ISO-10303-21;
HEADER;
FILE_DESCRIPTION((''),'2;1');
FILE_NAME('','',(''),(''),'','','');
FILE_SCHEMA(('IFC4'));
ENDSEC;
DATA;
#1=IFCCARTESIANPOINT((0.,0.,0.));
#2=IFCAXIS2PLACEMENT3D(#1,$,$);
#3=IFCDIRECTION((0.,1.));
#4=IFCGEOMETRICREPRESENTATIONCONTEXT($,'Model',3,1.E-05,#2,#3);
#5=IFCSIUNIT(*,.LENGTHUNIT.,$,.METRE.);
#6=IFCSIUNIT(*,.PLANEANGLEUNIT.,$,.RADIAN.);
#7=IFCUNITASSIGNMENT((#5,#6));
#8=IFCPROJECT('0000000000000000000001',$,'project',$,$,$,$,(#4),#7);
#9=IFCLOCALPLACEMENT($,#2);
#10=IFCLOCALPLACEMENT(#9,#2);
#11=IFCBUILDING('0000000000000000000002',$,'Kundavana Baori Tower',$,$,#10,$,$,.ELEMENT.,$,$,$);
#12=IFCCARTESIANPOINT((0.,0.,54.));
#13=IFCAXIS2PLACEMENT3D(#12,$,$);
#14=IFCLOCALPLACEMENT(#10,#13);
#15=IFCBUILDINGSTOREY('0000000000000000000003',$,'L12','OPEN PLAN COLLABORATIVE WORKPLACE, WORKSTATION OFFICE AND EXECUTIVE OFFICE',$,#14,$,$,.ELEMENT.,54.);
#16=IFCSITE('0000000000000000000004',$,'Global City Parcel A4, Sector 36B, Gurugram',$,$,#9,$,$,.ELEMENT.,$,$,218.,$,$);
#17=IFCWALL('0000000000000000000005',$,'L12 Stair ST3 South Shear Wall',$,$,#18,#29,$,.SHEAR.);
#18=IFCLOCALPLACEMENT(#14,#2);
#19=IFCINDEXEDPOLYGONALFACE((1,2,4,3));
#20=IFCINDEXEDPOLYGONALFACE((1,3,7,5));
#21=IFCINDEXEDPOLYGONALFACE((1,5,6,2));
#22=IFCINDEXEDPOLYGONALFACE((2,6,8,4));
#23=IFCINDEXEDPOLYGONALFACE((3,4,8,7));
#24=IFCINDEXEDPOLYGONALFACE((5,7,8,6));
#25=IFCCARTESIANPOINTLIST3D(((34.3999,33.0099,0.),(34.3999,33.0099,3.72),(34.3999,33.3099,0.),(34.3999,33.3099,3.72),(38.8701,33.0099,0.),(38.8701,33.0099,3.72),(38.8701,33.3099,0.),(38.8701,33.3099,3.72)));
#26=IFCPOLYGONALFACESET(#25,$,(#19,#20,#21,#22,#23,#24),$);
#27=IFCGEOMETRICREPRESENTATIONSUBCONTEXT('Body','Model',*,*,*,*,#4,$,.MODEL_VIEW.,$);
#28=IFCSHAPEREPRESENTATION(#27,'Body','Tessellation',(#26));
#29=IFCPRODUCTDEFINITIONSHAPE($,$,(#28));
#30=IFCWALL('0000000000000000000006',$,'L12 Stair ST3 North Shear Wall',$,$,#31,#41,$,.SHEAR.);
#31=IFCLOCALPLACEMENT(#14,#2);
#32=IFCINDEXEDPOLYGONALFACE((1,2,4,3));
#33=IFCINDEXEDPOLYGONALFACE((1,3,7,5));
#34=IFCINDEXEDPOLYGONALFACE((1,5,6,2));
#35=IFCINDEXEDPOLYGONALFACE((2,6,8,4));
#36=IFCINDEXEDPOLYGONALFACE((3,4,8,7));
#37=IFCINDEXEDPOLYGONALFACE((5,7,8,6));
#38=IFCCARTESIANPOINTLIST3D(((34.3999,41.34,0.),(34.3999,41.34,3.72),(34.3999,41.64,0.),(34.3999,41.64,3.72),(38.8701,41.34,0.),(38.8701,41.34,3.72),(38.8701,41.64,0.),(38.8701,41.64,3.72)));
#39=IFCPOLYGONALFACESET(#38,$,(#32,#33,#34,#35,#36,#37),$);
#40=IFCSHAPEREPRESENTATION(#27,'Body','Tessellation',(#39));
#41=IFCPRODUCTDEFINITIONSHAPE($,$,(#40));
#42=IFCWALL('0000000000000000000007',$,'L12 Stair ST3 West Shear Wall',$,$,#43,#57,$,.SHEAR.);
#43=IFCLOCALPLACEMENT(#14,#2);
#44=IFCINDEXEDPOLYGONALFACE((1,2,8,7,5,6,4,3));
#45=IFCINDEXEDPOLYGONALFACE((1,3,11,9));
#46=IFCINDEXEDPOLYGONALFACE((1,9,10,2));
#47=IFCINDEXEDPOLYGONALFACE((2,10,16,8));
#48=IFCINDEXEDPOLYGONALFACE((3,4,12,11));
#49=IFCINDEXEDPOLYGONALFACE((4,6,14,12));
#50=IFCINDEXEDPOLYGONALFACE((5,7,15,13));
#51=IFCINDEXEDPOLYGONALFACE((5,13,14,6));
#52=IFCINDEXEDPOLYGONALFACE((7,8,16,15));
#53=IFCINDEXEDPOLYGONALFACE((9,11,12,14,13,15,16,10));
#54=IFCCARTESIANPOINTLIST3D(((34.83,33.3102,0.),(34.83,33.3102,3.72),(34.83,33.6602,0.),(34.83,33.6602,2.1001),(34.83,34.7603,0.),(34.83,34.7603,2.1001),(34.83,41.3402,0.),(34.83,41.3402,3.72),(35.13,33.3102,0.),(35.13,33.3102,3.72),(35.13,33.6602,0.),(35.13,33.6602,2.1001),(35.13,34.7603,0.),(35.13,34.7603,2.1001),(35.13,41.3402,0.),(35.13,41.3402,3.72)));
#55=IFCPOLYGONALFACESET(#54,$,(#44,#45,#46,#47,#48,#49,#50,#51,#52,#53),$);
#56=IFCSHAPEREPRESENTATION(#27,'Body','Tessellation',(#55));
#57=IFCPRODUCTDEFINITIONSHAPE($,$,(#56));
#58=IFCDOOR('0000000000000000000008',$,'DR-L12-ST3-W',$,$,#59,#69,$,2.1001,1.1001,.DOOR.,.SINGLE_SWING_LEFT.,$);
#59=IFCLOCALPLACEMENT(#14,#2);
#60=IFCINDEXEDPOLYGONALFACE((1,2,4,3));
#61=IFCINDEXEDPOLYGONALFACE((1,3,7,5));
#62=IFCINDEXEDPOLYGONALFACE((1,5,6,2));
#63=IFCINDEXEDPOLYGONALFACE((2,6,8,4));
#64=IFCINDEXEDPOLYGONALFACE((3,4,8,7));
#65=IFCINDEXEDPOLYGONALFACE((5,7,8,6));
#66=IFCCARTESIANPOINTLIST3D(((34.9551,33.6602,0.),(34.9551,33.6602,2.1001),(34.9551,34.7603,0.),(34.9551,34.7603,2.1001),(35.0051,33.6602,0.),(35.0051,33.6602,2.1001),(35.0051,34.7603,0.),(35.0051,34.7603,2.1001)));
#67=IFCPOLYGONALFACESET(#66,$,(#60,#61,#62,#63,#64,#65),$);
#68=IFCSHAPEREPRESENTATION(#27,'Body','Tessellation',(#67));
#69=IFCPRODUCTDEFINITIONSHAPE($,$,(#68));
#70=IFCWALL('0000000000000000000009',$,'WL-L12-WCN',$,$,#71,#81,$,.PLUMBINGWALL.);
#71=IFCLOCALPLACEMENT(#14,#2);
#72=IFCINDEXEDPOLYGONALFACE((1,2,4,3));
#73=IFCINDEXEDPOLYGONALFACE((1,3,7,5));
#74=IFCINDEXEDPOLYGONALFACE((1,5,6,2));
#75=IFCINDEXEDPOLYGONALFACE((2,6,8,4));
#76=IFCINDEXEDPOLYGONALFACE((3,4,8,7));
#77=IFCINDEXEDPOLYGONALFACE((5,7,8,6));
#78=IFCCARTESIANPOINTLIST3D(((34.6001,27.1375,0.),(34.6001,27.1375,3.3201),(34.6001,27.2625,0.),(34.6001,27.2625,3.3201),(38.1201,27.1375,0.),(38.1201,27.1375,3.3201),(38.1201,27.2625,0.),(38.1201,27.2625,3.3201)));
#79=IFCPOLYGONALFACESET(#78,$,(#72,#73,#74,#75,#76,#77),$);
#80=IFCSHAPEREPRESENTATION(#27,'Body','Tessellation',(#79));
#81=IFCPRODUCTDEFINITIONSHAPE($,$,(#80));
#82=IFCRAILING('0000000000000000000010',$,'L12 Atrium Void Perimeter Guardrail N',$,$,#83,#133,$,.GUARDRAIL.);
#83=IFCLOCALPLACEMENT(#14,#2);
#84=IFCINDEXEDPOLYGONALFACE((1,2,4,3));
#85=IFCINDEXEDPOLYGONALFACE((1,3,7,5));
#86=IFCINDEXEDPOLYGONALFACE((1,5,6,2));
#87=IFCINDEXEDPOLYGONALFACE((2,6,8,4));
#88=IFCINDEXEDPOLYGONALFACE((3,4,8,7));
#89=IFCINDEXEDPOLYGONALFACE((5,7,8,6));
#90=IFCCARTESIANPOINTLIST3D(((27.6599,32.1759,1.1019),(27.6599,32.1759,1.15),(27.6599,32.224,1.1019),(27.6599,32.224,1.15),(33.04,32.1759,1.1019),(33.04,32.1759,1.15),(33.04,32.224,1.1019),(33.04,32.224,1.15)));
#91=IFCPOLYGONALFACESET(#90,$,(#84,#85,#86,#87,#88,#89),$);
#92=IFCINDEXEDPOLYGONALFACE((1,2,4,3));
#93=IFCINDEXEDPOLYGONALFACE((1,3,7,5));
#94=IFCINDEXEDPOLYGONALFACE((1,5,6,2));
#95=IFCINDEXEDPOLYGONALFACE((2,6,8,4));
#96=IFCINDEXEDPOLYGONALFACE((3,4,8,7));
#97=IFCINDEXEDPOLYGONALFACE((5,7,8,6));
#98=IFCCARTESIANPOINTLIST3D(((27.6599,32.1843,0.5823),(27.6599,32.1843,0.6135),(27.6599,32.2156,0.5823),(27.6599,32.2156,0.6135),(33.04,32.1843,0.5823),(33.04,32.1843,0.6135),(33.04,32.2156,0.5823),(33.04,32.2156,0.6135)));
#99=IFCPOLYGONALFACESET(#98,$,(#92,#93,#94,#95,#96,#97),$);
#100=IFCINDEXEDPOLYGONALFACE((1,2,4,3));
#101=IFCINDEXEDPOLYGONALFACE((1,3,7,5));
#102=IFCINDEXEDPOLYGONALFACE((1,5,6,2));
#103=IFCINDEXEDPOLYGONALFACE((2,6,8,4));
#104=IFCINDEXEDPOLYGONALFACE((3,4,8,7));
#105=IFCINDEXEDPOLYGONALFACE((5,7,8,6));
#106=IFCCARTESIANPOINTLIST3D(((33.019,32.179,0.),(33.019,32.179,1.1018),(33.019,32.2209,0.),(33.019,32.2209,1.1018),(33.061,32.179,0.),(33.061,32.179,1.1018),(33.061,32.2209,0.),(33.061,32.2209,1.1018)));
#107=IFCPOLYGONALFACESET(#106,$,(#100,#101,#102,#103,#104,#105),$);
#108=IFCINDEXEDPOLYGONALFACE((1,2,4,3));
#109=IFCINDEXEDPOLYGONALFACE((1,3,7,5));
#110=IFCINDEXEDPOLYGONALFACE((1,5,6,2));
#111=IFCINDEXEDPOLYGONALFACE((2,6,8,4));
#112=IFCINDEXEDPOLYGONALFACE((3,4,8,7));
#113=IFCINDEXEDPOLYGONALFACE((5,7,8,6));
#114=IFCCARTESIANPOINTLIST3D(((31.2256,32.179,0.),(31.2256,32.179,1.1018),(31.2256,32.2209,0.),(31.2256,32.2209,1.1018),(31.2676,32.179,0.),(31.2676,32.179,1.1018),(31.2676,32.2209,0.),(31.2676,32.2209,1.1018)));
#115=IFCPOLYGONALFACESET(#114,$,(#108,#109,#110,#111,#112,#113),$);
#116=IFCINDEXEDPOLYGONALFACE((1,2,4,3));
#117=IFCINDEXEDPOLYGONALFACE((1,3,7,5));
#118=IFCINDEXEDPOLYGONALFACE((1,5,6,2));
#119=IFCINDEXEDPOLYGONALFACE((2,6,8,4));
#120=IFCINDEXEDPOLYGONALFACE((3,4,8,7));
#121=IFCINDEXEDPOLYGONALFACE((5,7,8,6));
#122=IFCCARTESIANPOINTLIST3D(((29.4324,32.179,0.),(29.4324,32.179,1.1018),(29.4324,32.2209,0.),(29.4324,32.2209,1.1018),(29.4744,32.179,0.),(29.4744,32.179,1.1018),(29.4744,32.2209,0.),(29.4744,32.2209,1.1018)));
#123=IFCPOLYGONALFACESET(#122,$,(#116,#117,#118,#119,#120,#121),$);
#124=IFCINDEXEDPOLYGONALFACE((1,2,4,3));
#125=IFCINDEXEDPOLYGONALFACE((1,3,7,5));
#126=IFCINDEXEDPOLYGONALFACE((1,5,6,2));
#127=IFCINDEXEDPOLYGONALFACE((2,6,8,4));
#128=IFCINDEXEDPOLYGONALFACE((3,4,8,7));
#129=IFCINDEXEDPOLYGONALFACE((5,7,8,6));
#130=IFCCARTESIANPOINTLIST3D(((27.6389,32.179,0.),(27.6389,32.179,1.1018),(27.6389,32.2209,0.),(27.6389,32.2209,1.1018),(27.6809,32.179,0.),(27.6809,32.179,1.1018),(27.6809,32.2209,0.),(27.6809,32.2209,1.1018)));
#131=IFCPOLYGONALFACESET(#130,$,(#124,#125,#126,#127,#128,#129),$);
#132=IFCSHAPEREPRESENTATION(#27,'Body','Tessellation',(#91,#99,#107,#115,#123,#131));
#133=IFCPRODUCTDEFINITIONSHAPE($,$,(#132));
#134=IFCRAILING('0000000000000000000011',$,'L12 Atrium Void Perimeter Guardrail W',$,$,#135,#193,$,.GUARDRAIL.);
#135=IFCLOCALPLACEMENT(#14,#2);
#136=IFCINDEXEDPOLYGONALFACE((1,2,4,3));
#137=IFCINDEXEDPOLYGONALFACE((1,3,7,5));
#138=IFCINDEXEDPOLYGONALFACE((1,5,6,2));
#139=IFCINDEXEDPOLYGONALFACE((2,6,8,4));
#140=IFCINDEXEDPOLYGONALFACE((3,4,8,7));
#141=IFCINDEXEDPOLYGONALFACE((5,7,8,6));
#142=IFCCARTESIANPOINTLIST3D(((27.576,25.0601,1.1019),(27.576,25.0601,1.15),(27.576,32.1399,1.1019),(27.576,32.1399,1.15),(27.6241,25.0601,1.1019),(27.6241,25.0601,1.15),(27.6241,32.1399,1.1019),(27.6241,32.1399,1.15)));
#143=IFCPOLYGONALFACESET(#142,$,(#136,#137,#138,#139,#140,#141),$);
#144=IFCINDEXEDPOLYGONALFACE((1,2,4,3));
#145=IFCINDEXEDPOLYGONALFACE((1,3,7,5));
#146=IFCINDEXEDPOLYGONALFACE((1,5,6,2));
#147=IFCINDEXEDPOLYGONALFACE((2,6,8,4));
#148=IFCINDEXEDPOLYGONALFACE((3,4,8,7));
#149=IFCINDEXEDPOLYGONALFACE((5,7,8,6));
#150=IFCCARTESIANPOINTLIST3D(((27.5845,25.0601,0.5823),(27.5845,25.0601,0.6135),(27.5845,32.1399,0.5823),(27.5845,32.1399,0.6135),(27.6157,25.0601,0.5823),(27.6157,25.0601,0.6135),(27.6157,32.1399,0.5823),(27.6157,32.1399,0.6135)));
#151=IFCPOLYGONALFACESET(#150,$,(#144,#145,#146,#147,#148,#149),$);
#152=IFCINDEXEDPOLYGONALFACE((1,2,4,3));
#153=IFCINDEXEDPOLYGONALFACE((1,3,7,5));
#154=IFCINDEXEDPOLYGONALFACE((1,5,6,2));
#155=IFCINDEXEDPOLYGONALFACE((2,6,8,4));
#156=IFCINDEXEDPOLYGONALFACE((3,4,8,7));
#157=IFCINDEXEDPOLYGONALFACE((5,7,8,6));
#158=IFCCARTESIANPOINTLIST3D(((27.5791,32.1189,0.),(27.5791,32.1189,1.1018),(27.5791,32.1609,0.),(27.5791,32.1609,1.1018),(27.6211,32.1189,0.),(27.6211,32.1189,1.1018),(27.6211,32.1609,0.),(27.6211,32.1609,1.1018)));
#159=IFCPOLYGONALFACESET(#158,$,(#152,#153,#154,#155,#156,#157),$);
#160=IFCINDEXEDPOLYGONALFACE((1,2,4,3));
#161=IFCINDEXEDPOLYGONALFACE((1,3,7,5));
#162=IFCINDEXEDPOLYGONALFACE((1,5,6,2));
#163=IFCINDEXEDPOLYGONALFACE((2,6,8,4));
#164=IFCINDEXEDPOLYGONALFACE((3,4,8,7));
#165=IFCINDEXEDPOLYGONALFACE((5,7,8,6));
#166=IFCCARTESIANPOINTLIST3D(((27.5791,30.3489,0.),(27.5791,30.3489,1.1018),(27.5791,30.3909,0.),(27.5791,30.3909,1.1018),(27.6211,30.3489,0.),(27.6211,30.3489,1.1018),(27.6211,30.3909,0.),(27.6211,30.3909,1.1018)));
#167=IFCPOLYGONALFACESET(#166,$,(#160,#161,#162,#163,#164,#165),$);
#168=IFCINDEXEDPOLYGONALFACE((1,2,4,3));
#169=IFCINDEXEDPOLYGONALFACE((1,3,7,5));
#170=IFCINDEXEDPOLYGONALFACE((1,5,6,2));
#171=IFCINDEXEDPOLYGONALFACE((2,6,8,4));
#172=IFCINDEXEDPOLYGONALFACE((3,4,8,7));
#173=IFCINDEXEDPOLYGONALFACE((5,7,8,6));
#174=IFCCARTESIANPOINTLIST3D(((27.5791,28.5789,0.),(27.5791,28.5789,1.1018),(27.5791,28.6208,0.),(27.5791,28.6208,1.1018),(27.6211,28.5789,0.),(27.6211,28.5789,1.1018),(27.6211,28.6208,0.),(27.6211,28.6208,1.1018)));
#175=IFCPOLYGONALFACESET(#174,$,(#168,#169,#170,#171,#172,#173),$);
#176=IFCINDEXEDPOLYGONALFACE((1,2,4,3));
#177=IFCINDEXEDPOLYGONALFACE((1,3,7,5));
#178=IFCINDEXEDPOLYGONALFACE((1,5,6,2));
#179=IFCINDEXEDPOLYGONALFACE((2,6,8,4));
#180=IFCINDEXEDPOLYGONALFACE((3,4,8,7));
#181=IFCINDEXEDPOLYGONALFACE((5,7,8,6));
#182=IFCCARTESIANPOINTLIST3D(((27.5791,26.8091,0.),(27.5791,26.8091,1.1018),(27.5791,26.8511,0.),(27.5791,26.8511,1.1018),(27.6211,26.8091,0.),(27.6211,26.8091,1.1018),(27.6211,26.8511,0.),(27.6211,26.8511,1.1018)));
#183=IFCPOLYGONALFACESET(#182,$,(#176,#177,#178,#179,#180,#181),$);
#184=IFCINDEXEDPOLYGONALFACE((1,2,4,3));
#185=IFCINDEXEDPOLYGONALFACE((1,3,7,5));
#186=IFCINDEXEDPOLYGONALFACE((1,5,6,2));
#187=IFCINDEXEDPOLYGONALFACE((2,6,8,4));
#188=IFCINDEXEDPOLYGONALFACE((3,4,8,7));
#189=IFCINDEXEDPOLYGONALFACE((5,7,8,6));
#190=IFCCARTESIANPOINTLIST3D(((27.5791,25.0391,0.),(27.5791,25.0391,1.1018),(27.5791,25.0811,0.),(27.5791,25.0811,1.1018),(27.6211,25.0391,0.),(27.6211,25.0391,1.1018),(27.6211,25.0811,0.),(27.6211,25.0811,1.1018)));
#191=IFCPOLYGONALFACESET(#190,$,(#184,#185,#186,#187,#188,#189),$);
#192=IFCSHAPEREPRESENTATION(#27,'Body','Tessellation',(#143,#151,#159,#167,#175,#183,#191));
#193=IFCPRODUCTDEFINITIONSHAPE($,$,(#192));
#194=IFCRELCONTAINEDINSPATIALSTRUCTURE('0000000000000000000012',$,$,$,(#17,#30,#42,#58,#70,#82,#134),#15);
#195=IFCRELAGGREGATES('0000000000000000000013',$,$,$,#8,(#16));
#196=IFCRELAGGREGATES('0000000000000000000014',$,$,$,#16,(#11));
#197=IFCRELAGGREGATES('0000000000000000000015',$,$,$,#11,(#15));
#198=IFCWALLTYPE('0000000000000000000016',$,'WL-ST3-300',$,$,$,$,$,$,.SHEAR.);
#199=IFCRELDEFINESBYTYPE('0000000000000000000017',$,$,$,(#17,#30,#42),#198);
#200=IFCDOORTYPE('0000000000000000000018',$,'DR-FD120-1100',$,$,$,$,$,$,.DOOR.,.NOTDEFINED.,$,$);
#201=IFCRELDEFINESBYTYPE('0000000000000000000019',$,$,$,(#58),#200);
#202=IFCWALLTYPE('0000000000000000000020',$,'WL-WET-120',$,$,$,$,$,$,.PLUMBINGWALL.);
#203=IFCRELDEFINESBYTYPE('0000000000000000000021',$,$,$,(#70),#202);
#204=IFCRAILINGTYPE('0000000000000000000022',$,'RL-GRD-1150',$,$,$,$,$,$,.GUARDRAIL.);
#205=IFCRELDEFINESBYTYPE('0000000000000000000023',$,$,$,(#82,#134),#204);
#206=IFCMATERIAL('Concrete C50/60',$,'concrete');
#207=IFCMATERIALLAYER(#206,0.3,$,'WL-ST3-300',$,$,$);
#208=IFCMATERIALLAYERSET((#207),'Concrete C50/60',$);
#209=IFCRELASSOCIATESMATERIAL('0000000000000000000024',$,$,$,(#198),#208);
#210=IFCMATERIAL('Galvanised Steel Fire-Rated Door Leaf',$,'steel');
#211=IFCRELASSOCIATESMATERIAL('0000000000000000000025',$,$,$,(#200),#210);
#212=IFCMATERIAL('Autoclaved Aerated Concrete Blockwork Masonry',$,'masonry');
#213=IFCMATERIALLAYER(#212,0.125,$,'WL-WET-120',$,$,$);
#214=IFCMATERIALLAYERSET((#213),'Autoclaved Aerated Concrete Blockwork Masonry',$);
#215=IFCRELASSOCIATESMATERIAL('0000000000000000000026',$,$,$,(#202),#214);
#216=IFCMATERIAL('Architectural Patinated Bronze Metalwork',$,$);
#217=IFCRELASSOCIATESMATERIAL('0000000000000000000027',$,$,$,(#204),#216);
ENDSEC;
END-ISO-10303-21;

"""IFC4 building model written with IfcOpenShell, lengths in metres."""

from ifc_helpers import new_model, si_unit, direction, frame, frame_2d, origin, origin_2d, place, context, subcontext, project, spatial, rectangle, extrude, material, layer, layer_set, type_object, element, fill, save


model = new_model("IFC4")

# Units and contexts
model_context = context("Model", 3, precision=1e-05, world=origin(), true_north=direction((0.0, 1.0)))
body_context = subcontext(model_context, "Body", "Model", "MODEL_VIEW")
ifc_project = project(units=[si_unit("LENGTHUNIT", "METRE"), si_unit("PLANEANGLEUNIT", "RADIAN")], contexts=[model_context])

# Site, building, storey
site_placement = place(None, origin())
site = spatial("IfcSite", under=ifc_project, at=site_placement, Name="Global City Parcel A4, Sector 36B, Gurugram", CompositionType="ELEMENT", RefElevation=218.0)
building_placement = place(site_placement, origin())
building = spatial("IfcBuilding", under=site, at=building_placement, Name="Kundavana Baori Tower", CompositionType="ELEMENT")
storey_placement = place(building_placement, frame((0.0, 0.0, 54.0)))
storey = spatial("IfcBuildingStorey", under=building, at=storey_placement, Name="L12", Description="OPEN PLAN COLLABORATIVE WORKPLACE, WORKSTATION OFFICE AND EXECUTIVE OFFICE", CompositionType="ELEMENT", Elevation=54.0)

# Walls
ifc_material_1 = material(Name="Concrete C50/60", Category="concrete")
ifc_layer_1 = layer(ifc_material_1, 0.3, Name="WL-ST3-300")
ifc_layer_set_1 = layer_set([ifc_layer_1], Name="Concrete C50/60")
wall_type_1 = type_object("IfcWallType", Name="WL-ST3-300", PredefinedType="SHEAR", material=ifc_layer_set_1)
for number, where, z_axis, x_axis, name in (
    (1, (34.3999, 33.1599, 0.0), (0.0, 0.0, 1.0), (1.0, 0.0, 0.0), "L12 Stair ST3 South Shear Wall"),
    (2, (34.3999, 41.49, 0.0), (0.0, 0.0, 1.0), (1.0, 0.0, 0.0), "L12 Stair ST3 North Shear Wall"),
):
    element("IfcWall", number, at=place(storey_placement, frame(where, z_axis=z_axis, x_axis=x_axis)), inside=storey, type_object=wall_type_1, Name=name, PredefinedType="SHEAR", context=body_context, shape_type="SweptSolid", body=[
        extrude(rectangle(XDim=4.4702, YDim=0.3, at=frame_2d((2.2351, 0.0))), origin(), (0.0, 0.0, 1.0), 3.72),
    ])

# Wall, opening, door
wall_1_placement = place(storey_placement, frame((34.98, 33.3101, 0.0), z_axis=(0.0, 0.0, 1.0), x_axis=(0.0, 1.0, 0.0)))
wall_1 = element("IfcWall", 3, at=wall_1_placement, inside=storey, type_object=wall_type_1, Name="L12 Stair ST3 West Shear Wall", PredefinedType="SHEAR", context=body_context, shape_type="SweptSolid", body=[
    extrude(rectangle(XDim=8.03, YDim=0.3, at=frame_2d((4.0151, 0.0))), origin(), (0.0, 0.0, 1.0), 3.72),
])
opening_1_placement = place(wall_1_placement, frame((0.3501, 0.0, 0.0)))
opening_1 = element("IfcOpeningElement", 4, at=opening_1_placement, cuts=wall_1, PredefinedType="OPENING", context=body_context, shape_type="SweptSolid", body=[
    extrude(rectangle(XDim=1.1001, YDim=2.1001, at=frame_2d((0.55, 1.05))), frame((0.0, 0.1602, 0.0), z_axis=(0.0, -1.0, 0.0), x_axis=(1.0, 0.0, 0.0)), (0.0, 0.0, 1.0), 0.3201),
])
ifc_material_2 = material(Name="Galvanised Steel Fire-Rated Door Leaf", Category="steel")
door_type_1 = type_object("IfcDoorType", Name="DR-FD120-1100", OperationType="NOTDEFINED", PredefinedType="DOOR", material=ifc_material_2)
door_1_placement = place(opening_1_placement, origin())
door_1 = element("IfcDoor", 5, at=door_1_placement, inside=storey, type_object=door_type_1, Name="DR-L12-ST3-W", OperationType="SINGLE_SWING_LEFT", OverallHeight=2.1001, OverallWidth=1.1001, PredefinedType="DOOR", context=body_context, shape_type="SweptSolid", body=[
    extrude(rectangle(XDim=1.1001, YDim=2.1001, at=frame_2d((0.55, 1.05))), frame((0.0, 0.0249, 0.0), z_axis=(0.0, -1.0, 0.0), x_axis=(1.0, 0.0, 0.0)), (0.0, 0.0, 1.0), 0.05),
])
fill(opening_1, door_1)

# Wall
ifc_material_3 = material(Name="Autoclaved Aerated Concrete Blockwork Masonry", Category="masonry")
ifc_layer_2 = layer(ifc_material_3, 0.125, Name="WL-WET-120")
ifc_layer_set_2 = layer_set([ifc_layer_2], Name="Autoclaved Aerated Concrete Blockwork Masonry")
wall_type_2 = type_object("IfcWallType", Name="WL-WET-120", PredefinedType="PLUMBINGWALL", material=ifc_layer_set_2)
wall_2_placement = place(storey_placement, frame((34.6001, 27.2, 0.0), z_axis=(0.0, 0.0, 1.0), x_axis=(1.0, 0.0, 0.0)))
element("IfcWall", 6, at=wall_2_placement, inside=storey, type_object=wall_type_2, Name="WL-L12-WCN", PredefinedType="PLUMBINGWALL", context=body_context, shape_type="SweptSolid", body=[
    extrude(rectangle(XDim=3.52, YDim=0.125, at=frame_2d((1.76, 0.0))), origin(), (0.0, 0.0, 1.0), 3.3201),
])

# Railings
ifc_material_4 = material(Name="Architectural Patinated Bronze Metalwork")
railing_type = type_object("IfcRailingType", Name="RL-GRD-1150", PredefinedType="GUARDRAIL", material=ifc_material_4)
railing_1_placement = place(storey_placement, frame((33.04, 32.2, 0.0)))
element("IfcRailing", 7, at=railing_1_placement, inside=storey, type_object=railing_type, Name="L12 Atrium Void Perimeter Guardrail N", PredefinedType="GUARDRAIL", context=body_context, shape_type="SweptSolid", body=[
    extrude(rectangle(XDim=0.0481, YDim=0.0481, at=origin_2d()), frame((0.0, 0.0, 1.126), z_axis=(-1.0, 0.0, 0.0), x_axis=(0.0, -1.0, 0.0)), (0.0, 0.0, 1.0), 5.3801),
    extrude(rectangle(XDim=0.0312, YDim=0.0312, at=origin_2d()), frame((0.0, 0.0, 0.5979), z_axis=(-1.0, 0.0, 0.0), x_axis=(0.0, -1.0, 0.0)), (0.0, 0.0, 1.0), 5.3801),
    extrude(rectangle(XDim=0.042, YDim=0.042, at=origin_2d()), origin(), (0.0, 0.0, 1.0), 1.1018),
    extrude(rectangle(XDim=0.042, YDim=0.042, at=origin_2d()), frame((-1.7935, 0.0, 0.0)), (0.0, 0.0, 1.0), 1.1018),
    extrude(rectangle(XDim=0.042, YDim=0.042, at=origin_2d()), frame((-3.5867, 0.0, 0.0)), (0.0, 0.0, 1.0), 1.1018),
    extrude(rectangle(XDim=0.042, YDim=0.042, at=origin_2d()), frame((-5.3801, 0.0, 0.0)), (0.0, 0.0, 1.0), 1.1018),
])
railing_2_placement = place(storey_placement, frame((27.6001, 32.1399, 0.0)))
element("IfcRailing", 8, at=railing_2_placement, inside=storey, type_object=railing_type, Name="L12 Atrium Void Perimeter Guardrail W", PredefinedType="GUARDRAIL", context=body_context, shape_type="SweptSolid", body=[
    extrude(rectangle(XDim=0.0481, YDim=0.0481, at=origin_2d()), frame((0.0, 0.0, 1.126), z_axis=(0.0, -1.0, 0.0), x_axis=(1.0, 0.0, 0.0)), (0.0, 0.0, 1.0), 7.0798),
    extrude(rectangle(XDim=0.0312, YDim=0.0312, at=origin_2d()), frame((0.0, 0.0, 0.5979), z_axis=(0.0, -1.0, 0.0), x_axis=(1.0, 0.0, 0.0)), (0.0, 0.0, 1.0), 7.0798),
    extrude(rectangle(XDim=0.042, YDim=0.042, at=origin_2d()), origin(), (0.0, 0.0, 1.0), 1.1018),
    extrude(rectangle(XDim=0.042, YDim=0.042, at=origin_2d()), frame((0.0, -1.77, 0.0)), (0.0, 0.0, 1.0), 1.1018),
    extrude(rectangle(XDim=0.042, YDim=0.042, at=origin_2d()), frame((0.0, -3.54, 0.0)), (0.0, 0.0, 1.0), 1.1018),
    extrude(rectangle(XDim=0.042, YDim=0.042, at=origin_2d()), frame((0.0, -5.3098, 0.0)), (0.0, 0.0, 1.0), 1.1018),
    extrude(rectangle(XDim=0.042, YDim=0.042, at=origin_2d()), frame((0.0, -7.0798, 0.0)), (0.0, 0.0, 1.0), 1.1018),
])

save(model, "model.ifc")
